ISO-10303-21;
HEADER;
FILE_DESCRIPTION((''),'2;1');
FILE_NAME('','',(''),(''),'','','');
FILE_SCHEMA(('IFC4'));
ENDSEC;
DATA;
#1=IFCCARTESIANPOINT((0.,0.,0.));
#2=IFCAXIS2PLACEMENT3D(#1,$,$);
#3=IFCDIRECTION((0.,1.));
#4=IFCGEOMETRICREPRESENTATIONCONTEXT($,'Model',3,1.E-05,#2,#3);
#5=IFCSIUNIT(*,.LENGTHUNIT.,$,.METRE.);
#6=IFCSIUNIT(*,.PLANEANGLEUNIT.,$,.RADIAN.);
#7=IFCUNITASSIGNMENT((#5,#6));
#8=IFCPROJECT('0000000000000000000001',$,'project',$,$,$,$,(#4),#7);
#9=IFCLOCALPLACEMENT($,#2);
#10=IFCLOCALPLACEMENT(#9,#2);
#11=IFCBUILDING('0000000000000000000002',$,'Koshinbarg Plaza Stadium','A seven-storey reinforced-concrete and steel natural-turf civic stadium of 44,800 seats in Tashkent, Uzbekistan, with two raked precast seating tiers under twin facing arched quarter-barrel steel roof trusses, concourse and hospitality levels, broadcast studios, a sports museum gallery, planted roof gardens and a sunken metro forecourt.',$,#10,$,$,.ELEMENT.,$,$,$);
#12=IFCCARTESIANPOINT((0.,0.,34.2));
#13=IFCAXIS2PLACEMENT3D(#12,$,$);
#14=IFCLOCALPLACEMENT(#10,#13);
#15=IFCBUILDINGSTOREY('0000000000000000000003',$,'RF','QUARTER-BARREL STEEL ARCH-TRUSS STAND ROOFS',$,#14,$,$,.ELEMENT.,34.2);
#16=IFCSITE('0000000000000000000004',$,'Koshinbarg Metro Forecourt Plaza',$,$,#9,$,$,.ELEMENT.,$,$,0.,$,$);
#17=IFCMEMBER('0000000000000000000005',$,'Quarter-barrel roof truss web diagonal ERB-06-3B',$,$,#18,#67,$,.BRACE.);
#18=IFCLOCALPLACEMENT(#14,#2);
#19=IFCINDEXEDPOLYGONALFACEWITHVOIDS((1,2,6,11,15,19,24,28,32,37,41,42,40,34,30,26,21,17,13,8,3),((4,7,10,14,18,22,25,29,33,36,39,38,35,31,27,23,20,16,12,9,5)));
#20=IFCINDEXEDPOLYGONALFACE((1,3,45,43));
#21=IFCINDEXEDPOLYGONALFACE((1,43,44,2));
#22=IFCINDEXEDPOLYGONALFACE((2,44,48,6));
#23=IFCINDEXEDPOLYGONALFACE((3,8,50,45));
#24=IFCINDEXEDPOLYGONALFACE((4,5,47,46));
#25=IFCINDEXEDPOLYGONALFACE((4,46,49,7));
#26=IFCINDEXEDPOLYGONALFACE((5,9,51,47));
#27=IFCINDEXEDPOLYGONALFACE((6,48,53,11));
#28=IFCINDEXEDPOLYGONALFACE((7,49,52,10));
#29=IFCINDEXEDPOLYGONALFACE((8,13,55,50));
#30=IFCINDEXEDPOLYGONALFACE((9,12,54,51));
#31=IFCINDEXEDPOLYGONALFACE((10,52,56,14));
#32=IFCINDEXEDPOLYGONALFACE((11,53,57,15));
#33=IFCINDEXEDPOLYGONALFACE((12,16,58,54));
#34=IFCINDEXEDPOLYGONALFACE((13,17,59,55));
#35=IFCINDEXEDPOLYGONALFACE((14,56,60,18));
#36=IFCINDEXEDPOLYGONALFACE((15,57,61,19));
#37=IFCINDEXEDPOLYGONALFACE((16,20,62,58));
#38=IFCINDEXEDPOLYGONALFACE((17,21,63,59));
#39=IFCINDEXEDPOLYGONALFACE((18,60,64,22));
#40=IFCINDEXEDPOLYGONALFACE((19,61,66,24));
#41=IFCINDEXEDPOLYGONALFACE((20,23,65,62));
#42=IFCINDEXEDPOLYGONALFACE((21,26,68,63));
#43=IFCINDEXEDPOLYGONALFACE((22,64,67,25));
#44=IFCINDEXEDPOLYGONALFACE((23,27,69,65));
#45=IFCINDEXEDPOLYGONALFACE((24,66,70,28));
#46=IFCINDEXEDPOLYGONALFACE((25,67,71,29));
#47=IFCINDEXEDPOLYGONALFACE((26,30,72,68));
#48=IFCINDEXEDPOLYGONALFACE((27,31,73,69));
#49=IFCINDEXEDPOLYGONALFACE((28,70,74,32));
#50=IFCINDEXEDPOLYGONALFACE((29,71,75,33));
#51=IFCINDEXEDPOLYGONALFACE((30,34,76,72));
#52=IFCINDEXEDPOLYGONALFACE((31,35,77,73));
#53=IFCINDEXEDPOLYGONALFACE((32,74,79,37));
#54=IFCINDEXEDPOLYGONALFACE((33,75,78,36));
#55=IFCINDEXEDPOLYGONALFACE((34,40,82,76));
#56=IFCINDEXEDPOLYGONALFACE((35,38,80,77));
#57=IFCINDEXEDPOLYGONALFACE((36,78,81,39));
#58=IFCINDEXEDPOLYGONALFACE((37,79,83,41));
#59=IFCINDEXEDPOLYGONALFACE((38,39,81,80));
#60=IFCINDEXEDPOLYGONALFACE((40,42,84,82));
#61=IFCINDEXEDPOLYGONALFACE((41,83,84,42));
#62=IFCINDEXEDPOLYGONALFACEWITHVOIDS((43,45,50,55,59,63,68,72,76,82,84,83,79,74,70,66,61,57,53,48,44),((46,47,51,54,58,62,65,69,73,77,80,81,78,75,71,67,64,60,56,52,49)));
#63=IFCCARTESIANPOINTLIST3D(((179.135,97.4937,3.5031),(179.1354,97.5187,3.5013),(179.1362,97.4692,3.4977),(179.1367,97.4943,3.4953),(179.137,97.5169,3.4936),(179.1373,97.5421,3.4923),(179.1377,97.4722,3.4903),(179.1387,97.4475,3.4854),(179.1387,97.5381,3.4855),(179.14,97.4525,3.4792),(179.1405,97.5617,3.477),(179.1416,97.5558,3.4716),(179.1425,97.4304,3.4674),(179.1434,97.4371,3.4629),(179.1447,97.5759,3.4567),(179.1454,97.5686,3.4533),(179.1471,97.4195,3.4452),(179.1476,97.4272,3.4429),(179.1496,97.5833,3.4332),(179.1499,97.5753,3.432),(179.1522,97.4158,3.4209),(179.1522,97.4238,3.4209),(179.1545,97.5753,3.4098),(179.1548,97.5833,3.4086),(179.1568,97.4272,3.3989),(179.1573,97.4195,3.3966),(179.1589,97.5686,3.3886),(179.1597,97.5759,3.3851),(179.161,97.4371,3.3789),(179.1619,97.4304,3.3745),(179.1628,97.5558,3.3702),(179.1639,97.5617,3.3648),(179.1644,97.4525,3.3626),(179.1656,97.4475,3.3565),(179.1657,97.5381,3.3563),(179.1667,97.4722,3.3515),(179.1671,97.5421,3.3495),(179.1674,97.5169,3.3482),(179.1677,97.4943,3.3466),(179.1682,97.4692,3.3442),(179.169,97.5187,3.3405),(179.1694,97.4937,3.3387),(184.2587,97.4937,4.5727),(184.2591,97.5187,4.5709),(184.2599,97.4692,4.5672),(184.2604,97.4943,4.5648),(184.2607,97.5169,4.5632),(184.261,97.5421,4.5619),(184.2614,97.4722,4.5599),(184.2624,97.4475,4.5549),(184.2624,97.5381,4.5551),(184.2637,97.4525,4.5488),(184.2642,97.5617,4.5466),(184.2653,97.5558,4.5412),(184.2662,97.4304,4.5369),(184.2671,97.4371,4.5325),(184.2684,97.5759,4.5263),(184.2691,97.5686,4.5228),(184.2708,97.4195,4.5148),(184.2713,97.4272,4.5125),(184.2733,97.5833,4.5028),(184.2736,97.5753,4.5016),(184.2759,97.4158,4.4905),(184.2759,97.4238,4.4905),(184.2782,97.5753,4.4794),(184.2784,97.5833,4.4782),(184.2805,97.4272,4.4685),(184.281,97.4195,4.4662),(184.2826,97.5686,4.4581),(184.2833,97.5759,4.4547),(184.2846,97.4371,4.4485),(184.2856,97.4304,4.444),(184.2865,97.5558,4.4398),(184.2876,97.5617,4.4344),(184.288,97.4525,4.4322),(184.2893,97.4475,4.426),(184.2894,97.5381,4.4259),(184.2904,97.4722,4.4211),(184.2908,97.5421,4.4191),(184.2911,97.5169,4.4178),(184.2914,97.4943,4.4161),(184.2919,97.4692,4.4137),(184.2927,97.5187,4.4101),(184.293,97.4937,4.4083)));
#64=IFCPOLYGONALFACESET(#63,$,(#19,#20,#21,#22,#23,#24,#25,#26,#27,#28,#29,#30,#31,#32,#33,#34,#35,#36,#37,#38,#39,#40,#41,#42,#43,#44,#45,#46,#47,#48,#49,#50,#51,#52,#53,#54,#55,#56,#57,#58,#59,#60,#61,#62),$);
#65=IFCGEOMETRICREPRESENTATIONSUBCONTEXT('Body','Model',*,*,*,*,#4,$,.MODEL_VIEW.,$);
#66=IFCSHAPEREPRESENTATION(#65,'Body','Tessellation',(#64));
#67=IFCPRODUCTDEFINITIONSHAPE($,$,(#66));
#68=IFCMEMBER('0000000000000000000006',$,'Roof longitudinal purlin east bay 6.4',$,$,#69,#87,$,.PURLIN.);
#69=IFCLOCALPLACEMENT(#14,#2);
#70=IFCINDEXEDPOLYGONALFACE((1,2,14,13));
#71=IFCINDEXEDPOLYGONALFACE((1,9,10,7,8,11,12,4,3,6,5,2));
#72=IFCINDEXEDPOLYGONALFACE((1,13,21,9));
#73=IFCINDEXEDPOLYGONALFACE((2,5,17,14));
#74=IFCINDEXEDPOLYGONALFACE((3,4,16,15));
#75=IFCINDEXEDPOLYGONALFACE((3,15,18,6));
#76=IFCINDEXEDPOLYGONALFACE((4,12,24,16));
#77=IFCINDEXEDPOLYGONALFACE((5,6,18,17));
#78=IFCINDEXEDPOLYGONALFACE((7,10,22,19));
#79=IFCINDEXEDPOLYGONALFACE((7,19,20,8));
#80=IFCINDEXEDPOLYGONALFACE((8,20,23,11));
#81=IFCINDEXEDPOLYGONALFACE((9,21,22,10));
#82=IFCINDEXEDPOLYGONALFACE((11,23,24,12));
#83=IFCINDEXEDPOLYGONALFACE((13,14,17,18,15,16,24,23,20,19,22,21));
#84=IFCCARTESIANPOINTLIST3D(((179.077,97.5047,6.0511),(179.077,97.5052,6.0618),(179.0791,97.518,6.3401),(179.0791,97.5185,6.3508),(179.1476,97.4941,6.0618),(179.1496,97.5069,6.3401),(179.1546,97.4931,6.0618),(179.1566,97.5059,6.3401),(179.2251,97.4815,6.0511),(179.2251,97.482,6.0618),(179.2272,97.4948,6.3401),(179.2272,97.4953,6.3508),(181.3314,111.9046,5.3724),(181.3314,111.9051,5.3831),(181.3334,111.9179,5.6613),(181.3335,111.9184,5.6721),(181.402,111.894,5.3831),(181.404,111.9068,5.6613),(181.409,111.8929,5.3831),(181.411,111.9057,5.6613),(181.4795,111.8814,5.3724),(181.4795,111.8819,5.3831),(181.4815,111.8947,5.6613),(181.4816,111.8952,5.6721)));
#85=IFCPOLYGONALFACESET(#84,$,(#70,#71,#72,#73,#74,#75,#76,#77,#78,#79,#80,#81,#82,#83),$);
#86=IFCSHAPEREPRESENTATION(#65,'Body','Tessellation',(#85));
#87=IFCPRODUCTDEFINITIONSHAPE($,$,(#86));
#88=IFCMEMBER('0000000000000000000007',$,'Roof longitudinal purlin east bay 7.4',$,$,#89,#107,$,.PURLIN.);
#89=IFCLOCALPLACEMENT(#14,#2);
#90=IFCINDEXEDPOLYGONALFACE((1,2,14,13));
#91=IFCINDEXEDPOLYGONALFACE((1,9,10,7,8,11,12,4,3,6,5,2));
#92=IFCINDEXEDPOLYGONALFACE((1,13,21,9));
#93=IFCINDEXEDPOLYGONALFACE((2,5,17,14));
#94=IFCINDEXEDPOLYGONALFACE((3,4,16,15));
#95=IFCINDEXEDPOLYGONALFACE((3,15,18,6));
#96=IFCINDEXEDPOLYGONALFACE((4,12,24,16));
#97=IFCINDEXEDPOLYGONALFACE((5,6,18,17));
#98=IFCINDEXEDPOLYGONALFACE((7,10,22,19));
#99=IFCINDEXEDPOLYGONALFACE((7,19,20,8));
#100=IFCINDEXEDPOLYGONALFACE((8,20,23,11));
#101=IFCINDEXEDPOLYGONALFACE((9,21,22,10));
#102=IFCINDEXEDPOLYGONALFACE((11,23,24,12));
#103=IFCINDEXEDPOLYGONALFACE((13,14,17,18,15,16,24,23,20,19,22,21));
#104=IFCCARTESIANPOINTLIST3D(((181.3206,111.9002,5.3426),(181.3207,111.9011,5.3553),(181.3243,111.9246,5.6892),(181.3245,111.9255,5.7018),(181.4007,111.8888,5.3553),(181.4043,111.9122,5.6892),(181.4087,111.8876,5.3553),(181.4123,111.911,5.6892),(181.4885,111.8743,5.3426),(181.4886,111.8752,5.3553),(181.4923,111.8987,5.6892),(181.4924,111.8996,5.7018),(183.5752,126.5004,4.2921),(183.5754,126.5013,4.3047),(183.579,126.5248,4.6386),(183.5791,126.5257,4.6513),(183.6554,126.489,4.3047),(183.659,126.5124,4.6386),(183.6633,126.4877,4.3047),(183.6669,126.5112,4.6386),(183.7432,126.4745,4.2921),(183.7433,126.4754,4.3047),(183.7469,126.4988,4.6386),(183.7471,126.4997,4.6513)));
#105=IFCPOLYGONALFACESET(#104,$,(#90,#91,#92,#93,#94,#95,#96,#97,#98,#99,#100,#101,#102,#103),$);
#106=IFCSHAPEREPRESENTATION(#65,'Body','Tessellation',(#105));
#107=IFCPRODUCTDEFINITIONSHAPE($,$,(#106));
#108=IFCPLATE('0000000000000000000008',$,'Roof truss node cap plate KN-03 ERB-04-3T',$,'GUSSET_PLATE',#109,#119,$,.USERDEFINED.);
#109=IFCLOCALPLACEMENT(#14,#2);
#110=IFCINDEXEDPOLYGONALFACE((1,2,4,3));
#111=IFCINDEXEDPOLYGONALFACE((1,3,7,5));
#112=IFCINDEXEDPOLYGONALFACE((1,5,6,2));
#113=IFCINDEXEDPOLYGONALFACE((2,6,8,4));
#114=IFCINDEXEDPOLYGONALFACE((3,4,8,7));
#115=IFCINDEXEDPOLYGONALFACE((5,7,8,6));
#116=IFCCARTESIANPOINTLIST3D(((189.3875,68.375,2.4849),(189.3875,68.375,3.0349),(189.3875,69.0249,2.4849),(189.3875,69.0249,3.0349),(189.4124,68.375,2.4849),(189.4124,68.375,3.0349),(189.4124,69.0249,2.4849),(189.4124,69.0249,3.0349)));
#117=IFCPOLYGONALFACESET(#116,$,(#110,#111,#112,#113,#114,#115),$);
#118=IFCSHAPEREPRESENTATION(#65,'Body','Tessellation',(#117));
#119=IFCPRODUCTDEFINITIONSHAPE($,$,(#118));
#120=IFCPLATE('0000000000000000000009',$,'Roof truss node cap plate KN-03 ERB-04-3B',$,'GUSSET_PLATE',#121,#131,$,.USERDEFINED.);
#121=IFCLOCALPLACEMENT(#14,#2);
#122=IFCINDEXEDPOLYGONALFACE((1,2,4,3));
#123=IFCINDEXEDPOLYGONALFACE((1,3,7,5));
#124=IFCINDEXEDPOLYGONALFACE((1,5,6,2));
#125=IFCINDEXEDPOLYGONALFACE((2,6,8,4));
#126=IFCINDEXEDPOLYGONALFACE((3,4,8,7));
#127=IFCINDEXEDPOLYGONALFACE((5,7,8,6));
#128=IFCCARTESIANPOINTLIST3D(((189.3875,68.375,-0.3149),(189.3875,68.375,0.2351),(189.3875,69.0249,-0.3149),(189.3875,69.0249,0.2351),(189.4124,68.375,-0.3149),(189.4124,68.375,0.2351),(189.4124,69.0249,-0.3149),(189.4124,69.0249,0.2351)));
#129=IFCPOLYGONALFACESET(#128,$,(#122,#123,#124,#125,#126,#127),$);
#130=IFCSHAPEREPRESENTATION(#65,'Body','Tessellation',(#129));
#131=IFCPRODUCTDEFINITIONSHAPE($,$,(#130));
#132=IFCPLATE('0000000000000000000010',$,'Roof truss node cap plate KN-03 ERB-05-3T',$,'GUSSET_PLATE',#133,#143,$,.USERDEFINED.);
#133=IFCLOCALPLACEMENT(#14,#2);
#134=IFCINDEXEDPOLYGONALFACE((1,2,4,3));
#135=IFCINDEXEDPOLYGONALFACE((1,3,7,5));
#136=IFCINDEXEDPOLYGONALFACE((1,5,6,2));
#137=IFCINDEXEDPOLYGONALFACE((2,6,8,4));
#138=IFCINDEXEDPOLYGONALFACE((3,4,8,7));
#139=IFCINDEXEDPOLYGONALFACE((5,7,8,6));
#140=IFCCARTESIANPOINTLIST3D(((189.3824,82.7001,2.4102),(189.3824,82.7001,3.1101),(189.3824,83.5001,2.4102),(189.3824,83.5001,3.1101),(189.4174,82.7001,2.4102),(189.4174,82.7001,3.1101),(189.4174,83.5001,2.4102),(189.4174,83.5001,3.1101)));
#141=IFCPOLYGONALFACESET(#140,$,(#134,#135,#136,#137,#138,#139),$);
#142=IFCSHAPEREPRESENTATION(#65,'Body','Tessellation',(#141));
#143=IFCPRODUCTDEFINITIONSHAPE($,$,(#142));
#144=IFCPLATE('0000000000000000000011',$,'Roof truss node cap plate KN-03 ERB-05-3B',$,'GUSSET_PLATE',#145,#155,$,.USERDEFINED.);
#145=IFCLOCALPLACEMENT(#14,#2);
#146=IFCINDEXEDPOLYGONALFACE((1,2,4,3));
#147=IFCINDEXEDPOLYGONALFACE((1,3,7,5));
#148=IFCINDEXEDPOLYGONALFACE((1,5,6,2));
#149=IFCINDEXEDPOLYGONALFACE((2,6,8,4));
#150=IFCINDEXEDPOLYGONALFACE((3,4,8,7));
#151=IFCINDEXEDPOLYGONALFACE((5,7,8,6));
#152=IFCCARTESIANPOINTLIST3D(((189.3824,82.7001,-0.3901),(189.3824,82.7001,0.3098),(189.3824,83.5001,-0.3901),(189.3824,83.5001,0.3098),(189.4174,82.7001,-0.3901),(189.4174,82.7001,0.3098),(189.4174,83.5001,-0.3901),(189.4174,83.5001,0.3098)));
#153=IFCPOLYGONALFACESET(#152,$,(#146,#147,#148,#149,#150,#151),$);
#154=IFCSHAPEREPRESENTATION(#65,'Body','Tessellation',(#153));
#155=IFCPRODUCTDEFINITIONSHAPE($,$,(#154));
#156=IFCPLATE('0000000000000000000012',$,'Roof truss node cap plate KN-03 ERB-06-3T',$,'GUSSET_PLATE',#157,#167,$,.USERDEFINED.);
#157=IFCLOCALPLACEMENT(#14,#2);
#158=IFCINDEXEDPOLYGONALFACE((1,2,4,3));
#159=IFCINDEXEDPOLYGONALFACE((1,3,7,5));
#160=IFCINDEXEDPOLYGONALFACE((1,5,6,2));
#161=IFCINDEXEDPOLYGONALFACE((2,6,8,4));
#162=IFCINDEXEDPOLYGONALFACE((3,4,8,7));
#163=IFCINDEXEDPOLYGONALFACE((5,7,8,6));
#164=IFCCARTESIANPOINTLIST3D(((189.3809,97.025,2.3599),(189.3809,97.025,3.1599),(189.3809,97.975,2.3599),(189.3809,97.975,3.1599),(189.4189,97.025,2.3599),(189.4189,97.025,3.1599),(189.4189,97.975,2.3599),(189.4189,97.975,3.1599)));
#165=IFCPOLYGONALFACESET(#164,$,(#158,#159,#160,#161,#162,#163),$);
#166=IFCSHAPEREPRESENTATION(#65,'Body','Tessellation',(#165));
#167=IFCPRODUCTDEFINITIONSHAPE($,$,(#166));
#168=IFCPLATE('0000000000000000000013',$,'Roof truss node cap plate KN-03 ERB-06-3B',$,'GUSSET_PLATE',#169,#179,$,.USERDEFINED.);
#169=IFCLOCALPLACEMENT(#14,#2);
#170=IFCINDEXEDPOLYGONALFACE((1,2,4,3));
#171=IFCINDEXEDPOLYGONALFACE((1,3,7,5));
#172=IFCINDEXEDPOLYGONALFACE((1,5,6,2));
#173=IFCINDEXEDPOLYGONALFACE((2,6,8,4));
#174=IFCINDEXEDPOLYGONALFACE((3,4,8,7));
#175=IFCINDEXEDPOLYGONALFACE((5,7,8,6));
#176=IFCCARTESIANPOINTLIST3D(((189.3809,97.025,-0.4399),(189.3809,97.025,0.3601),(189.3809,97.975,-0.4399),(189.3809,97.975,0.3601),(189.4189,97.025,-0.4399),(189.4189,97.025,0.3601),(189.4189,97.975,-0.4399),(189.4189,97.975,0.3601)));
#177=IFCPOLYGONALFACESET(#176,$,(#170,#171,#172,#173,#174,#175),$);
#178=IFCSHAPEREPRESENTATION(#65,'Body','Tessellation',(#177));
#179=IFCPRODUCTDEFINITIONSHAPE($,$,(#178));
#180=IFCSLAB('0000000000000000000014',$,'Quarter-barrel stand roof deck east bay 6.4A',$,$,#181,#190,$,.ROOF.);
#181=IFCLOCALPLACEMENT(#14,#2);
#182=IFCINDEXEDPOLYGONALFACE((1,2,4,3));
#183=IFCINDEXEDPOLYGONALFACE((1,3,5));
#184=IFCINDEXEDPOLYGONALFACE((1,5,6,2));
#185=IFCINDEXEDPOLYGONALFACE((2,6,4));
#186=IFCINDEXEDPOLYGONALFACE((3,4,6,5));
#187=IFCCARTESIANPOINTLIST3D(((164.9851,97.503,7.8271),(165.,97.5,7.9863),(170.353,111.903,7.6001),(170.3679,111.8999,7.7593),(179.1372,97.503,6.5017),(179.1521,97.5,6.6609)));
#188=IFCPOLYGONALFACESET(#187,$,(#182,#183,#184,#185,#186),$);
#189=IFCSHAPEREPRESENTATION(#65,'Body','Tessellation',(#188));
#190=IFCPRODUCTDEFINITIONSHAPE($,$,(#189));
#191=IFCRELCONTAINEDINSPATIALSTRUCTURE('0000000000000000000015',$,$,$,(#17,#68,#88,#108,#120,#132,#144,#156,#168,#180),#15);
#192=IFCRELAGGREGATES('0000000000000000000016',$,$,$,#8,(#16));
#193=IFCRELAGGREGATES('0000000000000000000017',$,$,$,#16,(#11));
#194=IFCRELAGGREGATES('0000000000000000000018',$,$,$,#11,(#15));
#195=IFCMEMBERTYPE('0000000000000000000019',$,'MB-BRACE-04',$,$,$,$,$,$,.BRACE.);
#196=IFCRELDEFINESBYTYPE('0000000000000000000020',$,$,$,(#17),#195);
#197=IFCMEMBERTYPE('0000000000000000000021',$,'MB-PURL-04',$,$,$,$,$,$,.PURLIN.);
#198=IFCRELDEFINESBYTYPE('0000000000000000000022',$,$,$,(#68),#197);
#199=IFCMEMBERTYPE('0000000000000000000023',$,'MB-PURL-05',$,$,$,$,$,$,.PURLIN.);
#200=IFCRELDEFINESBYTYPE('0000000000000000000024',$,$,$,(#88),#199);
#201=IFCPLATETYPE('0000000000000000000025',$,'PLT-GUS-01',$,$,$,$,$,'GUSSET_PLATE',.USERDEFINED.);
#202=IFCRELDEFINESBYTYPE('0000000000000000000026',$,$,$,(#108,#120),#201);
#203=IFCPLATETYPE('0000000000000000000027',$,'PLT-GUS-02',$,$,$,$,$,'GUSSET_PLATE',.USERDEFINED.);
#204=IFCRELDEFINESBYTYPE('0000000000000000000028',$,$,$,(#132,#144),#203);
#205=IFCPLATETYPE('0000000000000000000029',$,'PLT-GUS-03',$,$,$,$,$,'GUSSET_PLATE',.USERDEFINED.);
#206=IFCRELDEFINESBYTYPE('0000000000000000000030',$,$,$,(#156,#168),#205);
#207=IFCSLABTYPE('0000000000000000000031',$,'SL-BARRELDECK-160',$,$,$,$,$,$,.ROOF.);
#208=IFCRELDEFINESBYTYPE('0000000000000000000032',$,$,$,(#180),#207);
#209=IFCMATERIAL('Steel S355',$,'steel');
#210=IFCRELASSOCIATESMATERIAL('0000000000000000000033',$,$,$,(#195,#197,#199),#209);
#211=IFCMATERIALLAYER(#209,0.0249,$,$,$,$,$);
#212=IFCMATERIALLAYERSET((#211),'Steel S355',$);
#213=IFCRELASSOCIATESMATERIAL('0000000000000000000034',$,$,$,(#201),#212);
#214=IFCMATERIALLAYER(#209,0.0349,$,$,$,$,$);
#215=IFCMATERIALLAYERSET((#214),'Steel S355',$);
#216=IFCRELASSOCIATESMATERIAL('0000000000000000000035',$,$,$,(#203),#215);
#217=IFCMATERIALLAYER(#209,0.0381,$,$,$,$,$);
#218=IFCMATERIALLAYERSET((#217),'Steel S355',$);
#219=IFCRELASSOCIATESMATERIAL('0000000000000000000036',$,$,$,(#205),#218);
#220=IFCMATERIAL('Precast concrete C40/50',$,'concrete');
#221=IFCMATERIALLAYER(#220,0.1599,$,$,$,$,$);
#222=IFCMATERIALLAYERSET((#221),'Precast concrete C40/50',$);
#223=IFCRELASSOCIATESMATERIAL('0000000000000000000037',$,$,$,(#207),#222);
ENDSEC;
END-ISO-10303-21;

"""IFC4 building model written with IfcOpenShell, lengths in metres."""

from ifc_helpers import new_model, si_unit, direction, frame, origin, origin_2d, place, context, subcontext, project, spatial, polyline, rectangle, hollow_circle, i_section, outline, extrude, material, layer, layer_set, material_profile, profile_set, type_object, element, save


model = new_model("IFC4")

# Units and contexts
model_context = context("Model", 3, precision=1e-05, world=origin(), true_north=direction((0.0, 1.0)))
body_context = subcontext(model_context, "Body", "Model", "MODEL_VIEW")
ifc_project = project(units=[si_unit("LENGTHUNIT", "METRE"), si_unit("PLANEANGLEUNIT", "RADIAN")], contexts=[model_context])

# Site, building, storey
site_placement = place(None, origin())
site = spatial("IfcSite", under=ifc_project, at=site_placement, Name="Koshinbarg Metro Forecourt Plaza", CompositionType="ELEMENT", RefElevation=0.0)
building_placement = place(site_placement, origin())
building = spatial("IfcBuilding", under=site, at=building_placement, Name="Koshinbarg Plaza Stadium", Description="A seven-storey reinforced-concrete and steel natural-turf civic stadium of 44,800 seats in Tashkent, Uzbekistan, with two raked precast seating tiers under twin facing arched quarter-barrel steel roof trusses, concourse and hospitality levels, broadcast studios, a sports museum gallery, planted roof gardens and a sunken metro forecourt.", CompositionType="ELEMENT")
storey_placement = place(building_placement, frame((0.0, 0.0, 34.2)))
storey = spatial("IfcBuildingStorey", under=building, at=storey_placement, Name="RF", Description="QUARTER-BARREL STEEL ARCH-TRUSS STAND ROOFS", CompositionType="ELEMENT", Elevation=34.2)

# Members
ifc_material_1 = material(Name="Steel S355", Category="steel")
ifc_material_profile_1 = material_profile(ifc_material_1, hollow_circle(Radius=0.0842, WallThickness=0.0081, at=origin_2d()), Name="CHS 168.3x8")
ifc_profile_set_1 = profile_set([ifc_material_profile_1], Name="Steel S355")
member_type_1 = type_object("IfcMemberType", Name="MB-BRACE-04", PredefinedType="BRACE", material=ifc_profile_set_1)
member_1_placement = place(storey_placement, frame((184.2759, 97.5, 4.4905), z_axis=(-0.978899, 0.0, -0.204344), x_axis=(0.0, -1.0, 0.0)))
element("IfcMember", 1, at=member_1_placement, inside=storey, type_object=member_type_1, Name="Quarter-barrel roof truss web diagonal ERB-06-3B", PredefinedType="BRACE", context=body_context, shape_type="SweptSolid", body=[
    extrude(hollow_circle(Radius=0.0842, WallThickness=0.0081, at=origin_2d()), origin(), (0.0, 0.0, 1.0), 5.2341),
])
ifc_material_profile_2 = material_profile(ifc_material_1, i_section(OverallWidth=0.1499, OverallDepth=0.3, WebThickness=0.0071, FlangeThickness=0.0107, at=origin_2d()), Name="IPE 300")
ifc_profile_set_2 = profile_set([ifc_material_profile_2], Name="Steel S355")
member_type_2 = type_object("IfcMemberType", Name="MB-PURL-04", PredefinedType="PURLIN", material=ifc_profile_set_2)
member_2_placement = place(storey_placement, frame((179.1521, 97.5, 6.2009), z_axis=(0.154505, 0.986896, -0.046515), x_axis=(-0.987966, 0.154672, 0.0)))
element("IfcMember", 2, at=member_2_placement, inside=storey, type_object=member_type_2, Name="Roof longitudinal purlin east bay 6.4", PredefinedType="PURLIN", context=body_context, shape_type="SweptSolid", body=[
    extrude(i_section(OverallWidth=0.1499, OverallDepth=0.3, WebThickness=0.0071, FlangeThickness=0.0107, at=origin_2d()), origin(), (0.0, 0.0, 1.0), 14.5911),
])
ifc_material_profile_3 = material_profile(ifc_material_1, i_section(OverallWidth=0.1699, OverallDepth=0.3601, WebThickness=0.0081, FlangeThickness=0.0127, at=origin_2d()), Name="IPE 360")
ifc_profile_set_3 = profile_set([ifc_material_profile_3], Name="Steel S355")
member_type_3 = type_object("IfcMemberType", Name="MB-PURL-05", PredefinedType="PURLIN", material=ifc_profile_set_3)
member_3_placement = place(storey_placement, frame((181.4065, 111.8999, 5.5222), z_axis=(0.152233, 0.985796, -0.070932), x_axis=(-0.988285, 0.152617, 0.0)))
element("IfcMember", 3, at=member_3_placement, inside=storey, type_object=member_type_3, Name="Roof longitudinal purlin east bay 7.4", PredefinedType="PURLIN", context=body_context, shape_type="SweptSolid", body=[
    extrude(i_section(OverallWidth=0.1699, OverallDepth=0.3601, WebThickness=0.0081, FlangeThickness=0.0127, at=origin_2d()), origin(), (0.0, 0.0, 1.0), 14.8105),
])

# Plates
ifc_layer_1 = layer(ifc_material_1, 0.0249)
ifc_layer_set_1 = layer_set([ifc_layer_1], Name="Steel S355")
plate_type_1 = type_object("IfcPlateType", Name="PLT-GUS-01", ElementType="GUSSET_PLATE", PredefinedType="USERDEFINED", material=ifc_layer_set_1)
for number, where, z_axis, x_axis, name in (
    (4, (189.3999, 68.7, 2.4849), (0.0, 0.0, 1.0), (1.0, 0.0, 0.0), "Roof truss node cap plate KN-03 ERB-04-3T"),
    (5, (189.3999, 68.7, -0.3149), (0.0, 0.0, 1.0), (1.0, 0.0, 0.0), "Roof truss node cap plate KN-03 ERB-04-3B"),
):
    element("IfcPlate", number, at=place(storey_placement, frame(where, z_axis=z_axis, x_axis=x_axis)), inside=storey, type_object=plate_type_1, Name=name, ObjectType="GUSSET_PLATE", PredefinedType="USERDEFINED", context=body_context, shape_type="SweptSolid", body=[
        extrude(rectangle(XDim=0.0249, YDim=0.6499, at=origin_2d()), origin(), (0.0, 0.0, 1.0), 0.55),
    ])
ifc_layer_2 = layer(ifc_material_1, 0.0349)
ifc_layer_set_2 = layer_set([ifc_layer_2], Name="Steel S355")
plate_type_2 = type_object("IfcPlateType", Name="PLT-GUS-02", ElementType="GUSSET_PLATE", PredefinedType="USERDEFINED", material=ifc_layer_set_2)
for number, where, z_axis, x_axis, name in (
    (6, (189.3999, 83.1001, 2.4102), (0.0, 0.0, 1.0), (1.0, 0.0, 0.0), "Roof truss node cap plate KN-03 ERB-05-3T"),
    (7, (189.3999, 83.1001, -0.3901), (0.0, 0.0, 1.0), (1.0, 0.0, 0.0), "Roof truss node cap plate KN-03 ERB-05-3B"),
):
    element("IfcPlate", number, at=place(storey_placement, frame(where, z_axis=z_axis, x_axis=x_axis)), inside=storey, type_object=plate_type_2, Name=name, ObjectType="GUSSET_PLATE", PredefinedType="USERDEFINED", context=body_context, shape_type="SweptSolid", body=[
        extrude(rectangle(XDim=0.0349, YDim=0.8, at=origin_2d()), origin(), (0.0, 0.0, 1.0), 0.7),
    ])
ifc_layer_3 = layer(ifc_material_1, 0.0381)
ifc_layer_set_3 = layer_set([ifc_layer_3], Name="Steel S355")
plate_type_3 = type_object("IfcPlateType", Name="PLT-GUS-03", ElementType="GUSSET_PLATE", PredefinedType="USERDEFINED", material=ifc_layer_set_3)
for number, where, z_axis, x_axis, name in (
    (8, (189.3999, 97.5, 2.3599), (0.0, 0.0, 1.0), (1.0, 0.0, 0.0), "Roof truss node cap plate KN-03 ERB-06-3T"),
    (9, (189.3999, 97.5, -0.4399), (0.0, 0.0, 1.0), (1.0, 0.0, 0.0), "Roof truss node cap plate KN-03 ERB-06-3B"),
):
    element("IfcPlate", number, at=place(storey_placement, frame(where, z_axis=z_axis, x_axis=x_axis)), inside=storey, type_object=plate_type_3, Name=name, ObjectType="GUSSET_PLATE", PredefinedType="USERDEFINED", context=body_context, shape_type="SweptSolid", body=[
        extrude(rectangle(XDim=0.0381, YDim=0.95, at=origin_2d()), origin(), (0.0, 0.0, 1.0), 0.8),
    ])

# Slab
ifc_material_2 = material(Name="Precast concrete C40/50", Category="concrete")
ifc_layer_4 = layer(ifc_material_2, 0.1599)
ifc_layer_set_4 = layer_set([ifc_layer_4], Name="Precast concrete C40/50")
slab_type = type_object("IfcSlabType", Name="SL-BARRELDECK-160", PredefinedType="ROOF", material=ifc_layer_set_4)
slab_1_placement = place(storey_placement, frame((179.1521, 97.5, 6.6609), z_axis=(0.093232, -0.019058, 0.995462), x_axis=(-0.995643, 0.0, 0.093249)))
element("IfcSlab", 10, at=slab_1_placement, inside=storey, type_object=slab_type, Name="Quarter-barrel stand roof deck east bay 6.4A", PredefinedType="ROOF", context=body_context, shape_type="SweptSolid", body=[
    extrude(outline(polyline([(0.0, 0.0), (14.214, 0.0), (8.8483, -14.4025), (0.0, 0.0)])), origin(), (0.0, 0.0, -1.0), 0.1599),
])

save(model, "model.ifc")
